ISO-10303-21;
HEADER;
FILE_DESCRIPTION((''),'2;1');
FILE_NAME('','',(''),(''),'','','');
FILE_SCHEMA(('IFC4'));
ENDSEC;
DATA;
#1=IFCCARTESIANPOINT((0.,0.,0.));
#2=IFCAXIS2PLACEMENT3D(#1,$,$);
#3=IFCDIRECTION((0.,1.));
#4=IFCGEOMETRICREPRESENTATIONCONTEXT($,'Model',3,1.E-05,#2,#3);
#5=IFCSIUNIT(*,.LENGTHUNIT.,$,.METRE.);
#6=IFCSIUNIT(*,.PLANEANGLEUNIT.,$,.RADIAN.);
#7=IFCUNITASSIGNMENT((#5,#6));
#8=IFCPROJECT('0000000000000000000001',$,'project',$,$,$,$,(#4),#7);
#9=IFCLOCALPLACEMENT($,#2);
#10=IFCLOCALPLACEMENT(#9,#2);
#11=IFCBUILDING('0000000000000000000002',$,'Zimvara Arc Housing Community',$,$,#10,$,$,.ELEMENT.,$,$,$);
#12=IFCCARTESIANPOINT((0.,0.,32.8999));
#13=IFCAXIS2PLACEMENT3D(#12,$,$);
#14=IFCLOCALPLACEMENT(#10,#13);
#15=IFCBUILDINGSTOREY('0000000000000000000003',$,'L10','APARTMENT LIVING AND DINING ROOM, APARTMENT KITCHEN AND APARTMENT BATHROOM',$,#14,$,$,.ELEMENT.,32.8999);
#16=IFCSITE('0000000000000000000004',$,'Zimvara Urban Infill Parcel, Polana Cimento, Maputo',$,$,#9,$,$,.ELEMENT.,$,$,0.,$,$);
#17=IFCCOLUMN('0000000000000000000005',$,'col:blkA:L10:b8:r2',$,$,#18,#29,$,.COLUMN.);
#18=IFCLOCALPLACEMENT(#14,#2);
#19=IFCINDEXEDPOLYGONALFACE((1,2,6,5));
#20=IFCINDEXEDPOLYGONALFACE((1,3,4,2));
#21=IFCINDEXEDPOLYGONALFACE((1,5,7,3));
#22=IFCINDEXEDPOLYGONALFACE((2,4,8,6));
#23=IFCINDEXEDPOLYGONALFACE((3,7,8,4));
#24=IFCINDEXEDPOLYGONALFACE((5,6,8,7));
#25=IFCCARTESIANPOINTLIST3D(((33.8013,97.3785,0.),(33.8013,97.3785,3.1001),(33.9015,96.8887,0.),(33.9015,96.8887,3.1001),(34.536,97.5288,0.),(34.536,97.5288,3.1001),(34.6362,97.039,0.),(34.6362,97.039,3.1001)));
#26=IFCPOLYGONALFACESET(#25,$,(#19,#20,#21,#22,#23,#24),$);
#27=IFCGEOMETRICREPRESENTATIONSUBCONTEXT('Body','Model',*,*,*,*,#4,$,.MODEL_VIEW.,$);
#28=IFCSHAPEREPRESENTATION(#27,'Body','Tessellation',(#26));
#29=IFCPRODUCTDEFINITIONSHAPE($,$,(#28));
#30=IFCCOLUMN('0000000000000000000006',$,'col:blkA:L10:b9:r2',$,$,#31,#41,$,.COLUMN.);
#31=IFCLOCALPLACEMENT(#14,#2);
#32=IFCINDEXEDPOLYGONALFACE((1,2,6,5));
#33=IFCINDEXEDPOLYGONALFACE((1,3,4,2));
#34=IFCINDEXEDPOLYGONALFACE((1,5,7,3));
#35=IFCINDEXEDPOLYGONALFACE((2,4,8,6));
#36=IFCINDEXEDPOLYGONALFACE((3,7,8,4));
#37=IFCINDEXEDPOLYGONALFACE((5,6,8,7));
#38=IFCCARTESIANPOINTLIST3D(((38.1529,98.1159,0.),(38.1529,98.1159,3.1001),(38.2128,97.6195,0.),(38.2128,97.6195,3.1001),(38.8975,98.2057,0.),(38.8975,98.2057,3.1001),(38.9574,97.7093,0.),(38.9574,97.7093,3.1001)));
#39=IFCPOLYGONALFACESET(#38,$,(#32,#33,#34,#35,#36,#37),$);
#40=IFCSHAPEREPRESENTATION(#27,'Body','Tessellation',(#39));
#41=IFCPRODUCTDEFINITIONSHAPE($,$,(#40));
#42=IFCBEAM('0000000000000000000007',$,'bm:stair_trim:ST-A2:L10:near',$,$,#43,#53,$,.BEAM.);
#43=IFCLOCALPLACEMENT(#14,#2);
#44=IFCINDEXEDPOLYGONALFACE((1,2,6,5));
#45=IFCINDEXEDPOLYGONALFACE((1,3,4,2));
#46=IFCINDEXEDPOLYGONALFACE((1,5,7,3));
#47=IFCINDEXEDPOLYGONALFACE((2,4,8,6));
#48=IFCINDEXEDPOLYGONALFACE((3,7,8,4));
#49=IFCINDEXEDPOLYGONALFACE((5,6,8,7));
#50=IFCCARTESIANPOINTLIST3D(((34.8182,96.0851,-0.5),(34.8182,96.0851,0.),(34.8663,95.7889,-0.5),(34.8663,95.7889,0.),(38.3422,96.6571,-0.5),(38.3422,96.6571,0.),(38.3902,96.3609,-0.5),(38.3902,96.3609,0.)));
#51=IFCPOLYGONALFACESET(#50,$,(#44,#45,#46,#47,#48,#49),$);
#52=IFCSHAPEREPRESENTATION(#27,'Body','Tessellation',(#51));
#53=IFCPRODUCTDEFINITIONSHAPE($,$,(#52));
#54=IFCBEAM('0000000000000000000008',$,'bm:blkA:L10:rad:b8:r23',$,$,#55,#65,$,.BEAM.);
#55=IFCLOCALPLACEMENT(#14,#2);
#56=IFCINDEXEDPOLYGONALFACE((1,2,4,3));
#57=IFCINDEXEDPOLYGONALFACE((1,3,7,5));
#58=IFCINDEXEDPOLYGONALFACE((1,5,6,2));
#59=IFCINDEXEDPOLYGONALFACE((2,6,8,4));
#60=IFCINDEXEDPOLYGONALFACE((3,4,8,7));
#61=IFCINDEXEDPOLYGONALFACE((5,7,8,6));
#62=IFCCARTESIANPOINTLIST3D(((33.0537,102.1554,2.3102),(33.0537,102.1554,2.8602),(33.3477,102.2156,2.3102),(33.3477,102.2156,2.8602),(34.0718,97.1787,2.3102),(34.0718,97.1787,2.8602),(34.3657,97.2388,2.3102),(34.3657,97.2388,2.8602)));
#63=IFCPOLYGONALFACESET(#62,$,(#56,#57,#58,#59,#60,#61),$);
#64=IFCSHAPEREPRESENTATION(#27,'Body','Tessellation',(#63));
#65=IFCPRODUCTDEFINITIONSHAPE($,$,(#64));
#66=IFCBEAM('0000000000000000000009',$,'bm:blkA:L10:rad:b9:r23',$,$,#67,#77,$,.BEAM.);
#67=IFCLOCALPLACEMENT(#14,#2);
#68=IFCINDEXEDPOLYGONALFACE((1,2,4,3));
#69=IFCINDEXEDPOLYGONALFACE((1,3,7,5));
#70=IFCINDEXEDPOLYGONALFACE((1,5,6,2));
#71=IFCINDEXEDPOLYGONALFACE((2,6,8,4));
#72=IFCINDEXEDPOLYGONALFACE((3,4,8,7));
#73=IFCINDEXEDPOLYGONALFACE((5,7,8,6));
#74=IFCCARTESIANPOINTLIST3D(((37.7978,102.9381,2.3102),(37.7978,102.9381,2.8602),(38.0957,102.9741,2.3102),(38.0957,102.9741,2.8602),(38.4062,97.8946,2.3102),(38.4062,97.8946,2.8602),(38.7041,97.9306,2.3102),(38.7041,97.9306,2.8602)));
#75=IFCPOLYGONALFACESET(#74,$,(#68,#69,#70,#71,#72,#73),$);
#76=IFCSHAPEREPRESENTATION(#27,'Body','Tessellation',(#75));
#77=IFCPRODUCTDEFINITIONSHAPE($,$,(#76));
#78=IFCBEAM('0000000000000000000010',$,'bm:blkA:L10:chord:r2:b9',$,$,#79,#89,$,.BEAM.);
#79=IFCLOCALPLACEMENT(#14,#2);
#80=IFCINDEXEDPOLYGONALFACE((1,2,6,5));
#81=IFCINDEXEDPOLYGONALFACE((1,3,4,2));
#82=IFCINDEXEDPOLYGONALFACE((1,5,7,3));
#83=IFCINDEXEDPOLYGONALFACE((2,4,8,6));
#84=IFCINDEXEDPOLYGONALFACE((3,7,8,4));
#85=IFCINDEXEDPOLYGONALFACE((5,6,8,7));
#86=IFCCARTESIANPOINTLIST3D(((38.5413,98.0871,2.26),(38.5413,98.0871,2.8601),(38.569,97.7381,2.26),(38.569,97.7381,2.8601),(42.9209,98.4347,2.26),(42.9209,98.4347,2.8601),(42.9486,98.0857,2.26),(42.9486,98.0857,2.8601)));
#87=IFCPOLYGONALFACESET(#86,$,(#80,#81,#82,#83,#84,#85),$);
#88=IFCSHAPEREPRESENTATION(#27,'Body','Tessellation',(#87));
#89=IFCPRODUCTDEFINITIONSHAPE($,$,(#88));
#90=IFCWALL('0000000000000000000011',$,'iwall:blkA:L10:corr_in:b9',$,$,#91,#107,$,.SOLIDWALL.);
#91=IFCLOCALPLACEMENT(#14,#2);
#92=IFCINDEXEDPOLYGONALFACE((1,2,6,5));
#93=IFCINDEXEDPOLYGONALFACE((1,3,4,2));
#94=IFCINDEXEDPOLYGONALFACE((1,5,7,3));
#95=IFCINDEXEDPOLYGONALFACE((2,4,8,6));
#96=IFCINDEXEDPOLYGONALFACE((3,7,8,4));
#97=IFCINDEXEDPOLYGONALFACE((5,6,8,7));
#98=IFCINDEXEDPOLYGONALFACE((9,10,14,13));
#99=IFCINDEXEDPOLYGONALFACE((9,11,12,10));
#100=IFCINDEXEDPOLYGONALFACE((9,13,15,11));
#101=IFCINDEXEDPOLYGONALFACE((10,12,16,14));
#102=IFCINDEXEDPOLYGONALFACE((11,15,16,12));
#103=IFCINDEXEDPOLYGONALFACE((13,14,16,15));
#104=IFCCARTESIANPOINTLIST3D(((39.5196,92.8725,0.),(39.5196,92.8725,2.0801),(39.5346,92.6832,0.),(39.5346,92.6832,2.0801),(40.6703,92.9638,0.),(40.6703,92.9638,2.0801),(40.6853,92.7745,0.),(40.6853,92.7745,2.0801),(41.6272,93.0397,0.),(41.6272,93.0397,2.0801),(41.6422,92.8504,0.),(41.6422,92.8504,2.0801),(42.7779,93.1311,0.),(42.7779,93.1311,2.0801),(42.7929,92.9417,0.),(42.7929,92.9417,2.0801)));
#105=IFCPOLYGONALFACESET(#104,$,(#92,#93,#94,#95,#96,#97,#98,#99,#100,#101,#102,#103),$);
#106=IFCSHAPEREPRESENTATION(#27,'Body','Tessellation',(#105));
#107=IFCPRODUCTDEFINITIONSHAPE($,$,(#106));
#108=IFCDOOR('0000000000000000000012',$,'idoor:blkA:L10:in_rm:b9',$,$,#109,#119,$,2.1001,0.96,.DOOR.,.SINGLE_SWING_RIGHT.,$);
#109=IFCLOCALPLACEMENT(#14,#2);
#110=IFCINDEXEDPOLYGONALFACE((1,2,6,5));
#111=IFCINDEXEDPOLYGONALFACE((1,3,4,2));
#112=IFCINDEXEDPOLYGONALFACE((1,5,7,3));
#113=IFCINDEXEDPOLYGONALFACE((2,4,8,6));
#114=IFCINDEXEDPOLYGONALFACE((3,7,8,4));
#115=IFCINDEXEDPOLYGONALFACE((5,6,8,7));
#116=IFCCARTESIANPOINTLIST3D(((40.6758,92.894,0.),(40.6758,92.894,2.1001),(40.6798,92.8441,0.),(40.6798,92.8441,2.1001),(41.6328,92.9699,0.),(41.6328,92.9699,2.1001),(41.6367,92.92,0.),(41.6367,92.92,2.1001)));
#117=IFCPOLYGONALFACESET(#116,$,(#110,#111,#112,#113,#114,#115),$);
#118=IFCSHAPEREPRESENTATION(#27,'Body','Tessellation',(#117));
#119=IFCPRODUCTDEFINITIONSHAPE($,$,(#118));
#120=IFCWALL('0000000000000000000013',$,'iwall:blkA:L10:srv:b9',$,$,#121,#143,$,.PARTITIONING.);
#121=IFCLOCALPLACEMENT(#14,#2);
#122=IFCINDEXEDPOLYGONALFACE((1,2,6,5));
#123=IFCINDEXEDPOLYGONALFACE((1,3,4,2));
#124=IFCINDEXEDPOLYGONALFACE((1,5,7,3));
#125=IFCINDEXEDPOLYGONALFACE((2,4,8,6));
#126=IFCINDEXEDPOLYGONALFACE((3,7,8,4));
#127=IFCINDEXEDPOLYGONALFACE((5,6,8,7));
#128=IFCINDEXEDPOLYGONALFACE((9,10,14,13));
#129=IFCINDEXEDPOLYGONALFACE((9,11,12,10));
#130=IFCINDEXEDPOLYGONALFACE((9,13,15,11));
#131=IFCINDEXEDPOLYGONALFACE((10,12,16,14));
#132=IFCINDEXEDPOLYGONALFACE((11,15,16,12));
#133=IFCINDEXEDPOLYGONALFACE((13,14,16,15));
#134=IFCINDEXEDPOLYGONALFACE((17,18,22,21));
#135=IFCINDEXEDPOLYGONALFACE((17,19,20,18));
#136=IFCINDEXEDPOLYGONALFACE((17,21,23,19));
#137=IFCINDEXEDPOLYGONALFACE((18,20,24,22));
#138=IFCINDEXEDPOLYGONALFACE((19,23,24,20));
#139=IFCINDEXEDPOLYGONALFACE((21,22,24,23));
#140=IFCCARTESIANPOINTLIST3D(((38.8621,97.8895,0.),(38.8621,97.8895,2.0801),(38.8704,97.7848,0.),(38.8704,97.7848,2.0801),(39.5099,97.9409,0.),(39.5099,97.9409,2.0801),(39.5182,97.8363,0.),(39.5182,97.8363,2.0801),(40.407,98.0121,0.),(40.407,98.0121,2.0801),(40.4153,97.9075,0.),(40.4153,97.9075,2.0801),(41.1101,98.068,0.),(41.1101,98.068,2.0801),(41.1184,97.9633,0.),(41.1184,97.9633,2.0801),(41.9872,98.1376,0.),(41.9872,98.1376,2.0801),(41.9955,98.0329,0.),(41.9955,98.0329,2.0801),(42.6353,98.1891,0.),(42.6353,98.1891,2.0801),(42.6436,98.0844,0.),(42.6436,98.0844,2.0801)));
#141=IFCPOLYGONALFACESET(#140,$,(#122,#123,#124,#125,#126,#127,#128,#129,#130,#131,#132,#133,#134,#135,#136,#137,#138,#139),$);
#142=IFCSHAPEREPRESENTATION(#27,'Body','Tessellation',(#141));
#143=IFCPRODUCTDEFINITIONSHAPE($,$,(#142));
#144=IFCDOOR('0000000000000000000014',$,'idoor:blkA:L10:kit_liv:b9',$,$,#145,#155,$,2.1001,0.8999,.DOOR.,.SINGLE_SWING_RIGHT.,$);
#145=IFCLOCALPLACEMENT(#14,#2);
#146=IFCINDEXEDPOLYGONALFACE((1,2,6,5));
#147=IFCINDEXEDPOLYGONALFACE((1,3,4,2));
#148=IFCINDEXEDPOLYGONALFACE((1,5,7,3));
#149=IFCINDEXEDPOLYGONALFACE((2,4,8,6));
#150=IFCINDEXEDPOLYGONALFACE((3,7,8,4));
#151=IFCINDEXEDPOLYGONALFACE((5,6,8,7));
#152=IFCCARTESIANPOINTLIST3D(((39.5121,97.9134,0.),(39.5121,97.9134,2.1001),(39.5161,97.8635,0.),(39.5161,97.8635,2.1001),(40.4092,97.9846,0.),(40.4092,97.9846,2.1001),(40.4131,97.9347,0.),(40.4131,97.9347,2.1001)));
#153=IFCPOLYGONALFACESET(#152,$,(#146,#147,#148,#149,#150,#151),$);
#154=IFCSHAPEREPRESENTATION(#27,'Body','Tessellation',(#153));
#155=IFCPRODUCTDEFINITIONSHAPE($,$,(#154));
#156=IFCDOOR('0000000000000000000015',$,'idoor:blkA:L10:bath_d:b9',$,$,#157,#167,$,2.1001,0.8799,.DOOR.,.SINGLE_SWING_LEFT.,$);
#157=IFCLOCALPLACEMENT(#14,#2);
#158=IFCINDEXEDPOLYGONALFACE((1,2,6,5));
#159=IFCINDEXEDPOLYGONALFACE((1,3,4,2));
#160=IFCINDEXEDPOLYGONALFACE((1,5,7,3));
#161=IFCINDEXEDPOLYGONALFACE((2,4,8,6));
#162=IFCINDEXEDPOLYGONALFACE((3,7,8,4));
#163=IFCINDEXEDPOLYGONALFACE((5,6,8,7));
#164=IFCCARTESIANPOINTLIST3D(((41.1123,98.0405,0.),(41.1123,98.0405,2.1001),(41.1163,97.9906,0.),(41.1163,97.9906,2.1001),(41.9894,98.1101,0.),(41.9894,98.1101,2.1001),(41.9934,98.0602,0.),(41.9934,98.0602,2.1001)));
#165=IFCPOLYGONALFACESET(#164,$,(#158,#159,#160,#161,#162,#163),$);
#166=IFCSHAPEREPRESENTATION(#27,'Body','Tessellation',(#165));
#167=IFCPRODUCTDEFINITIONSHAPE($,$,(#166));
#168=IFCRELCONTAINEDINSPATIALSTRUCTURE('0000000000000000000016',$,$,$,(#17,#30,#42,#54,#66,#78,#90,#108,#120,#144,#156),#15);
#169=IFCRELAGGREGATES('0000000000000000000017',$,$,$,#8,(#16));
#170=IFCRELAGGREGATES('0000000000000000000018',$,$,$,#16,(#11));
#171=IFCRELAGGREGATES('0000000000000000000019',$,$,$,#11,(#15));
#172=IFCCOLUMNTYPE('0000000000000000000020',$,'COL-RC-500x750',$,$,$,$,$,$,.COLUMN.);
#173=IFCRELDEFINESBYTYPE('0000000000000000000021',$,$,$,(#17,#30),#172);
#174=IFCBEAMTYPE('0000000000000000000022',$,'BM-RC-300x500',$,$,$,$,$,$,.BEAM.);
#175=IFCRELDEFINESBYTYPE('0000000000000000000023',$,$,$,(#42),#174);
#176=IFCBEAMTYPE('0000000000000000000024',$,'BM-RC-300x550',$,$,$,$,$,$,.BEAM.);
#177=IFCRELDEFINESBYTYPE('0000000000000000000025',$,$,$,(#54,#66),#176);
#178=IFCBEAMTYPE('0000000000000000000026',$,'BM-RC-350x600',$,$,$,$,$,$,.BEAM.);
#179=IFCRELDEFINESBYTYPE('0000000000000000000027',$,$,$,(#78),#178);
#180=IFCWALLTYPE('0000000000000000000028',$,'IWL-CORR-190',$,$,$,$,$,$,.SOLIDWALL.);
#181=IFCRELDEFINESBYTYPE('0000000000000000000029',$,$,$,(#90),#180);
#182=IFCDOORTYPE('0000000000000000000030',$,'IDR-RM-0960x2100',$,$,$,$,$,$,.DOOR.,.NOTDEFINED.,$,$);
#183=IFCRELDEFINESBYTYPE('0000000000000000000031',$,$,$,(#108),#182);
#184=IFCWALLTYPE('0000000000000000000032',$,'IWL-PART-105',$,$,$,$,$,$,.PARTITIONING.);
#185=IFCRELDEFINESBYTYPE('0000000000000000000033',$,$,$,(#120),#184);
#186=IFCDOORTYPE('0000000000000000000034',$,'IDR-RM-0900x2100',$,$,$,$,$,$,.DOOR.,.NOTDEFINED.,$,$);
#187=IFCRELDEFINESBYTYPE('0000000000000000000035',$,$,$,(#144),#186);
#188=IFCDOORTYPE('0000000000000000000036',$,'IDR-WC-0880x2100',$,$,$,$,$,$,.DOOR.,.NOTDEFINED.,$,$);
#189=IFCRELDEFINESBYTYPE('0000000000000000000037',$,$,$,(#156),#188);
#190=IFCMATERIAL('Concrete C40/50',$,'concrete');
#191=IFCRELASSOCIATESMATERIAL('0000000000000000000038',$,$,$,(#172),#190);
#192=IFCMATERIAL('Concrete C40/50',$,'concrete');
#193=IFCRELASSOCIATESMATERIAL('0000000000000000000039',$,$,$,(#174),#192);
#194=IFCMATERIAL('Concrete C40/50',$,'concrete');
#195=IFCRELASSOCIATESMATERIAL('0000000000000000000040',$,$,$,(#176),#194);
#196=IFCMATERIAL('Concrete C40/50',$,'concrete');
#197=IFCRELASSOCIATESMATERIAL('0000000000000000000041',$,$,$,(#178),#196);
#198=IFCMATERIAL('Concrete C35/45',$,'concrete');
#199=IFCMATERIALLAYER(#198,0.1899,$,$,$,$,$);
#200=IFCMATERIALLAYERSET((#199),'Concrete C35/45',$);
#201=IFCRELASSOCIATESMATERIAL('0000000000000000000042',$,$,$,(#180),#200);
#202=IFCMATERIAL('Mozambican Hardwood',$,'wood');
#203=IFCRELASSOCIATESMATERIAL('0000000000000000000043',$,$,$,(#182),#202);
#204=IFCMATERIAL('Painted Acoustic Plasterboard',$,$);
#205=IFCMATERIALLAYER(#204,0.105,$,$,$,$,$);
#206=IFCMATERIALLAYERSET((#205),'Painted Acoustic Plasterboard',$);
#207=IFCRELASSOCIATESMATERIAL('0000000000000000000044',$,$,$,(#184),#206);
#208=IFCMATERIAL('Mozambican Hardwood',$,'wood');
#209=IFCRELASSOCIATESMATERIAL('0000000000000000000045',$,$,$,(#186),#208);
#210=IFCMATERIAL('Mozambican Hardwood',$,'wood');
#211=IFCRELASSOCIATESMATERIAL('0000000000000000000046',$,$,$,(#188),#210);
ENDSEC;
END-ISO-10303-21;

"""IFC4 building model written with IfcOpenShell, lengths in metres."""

from ifc_helpers import new_model, si_unit, direction, frame, frame_2d, origin, origin_2d, place, context, subcontext, project, spatial, rectangle, extrude, material, layer, layer_set, material_profile, profile_set, type_object, element, fill, save


model = new_model("IFC4")

# Units and contexts
model_context = context("Model", 3, precision=1e-05, world=origin(), true_north=direction((0.0, 1.0)))
body_context = subcontext(model_context, "Body", "Model", "MODEL_VIEW")
ifc_project = project(units=[si_unit("LENGTHUNIT", "METRE"), si_unit("PLANEANGLEUNIT", "RADIAN")], contexts=[model_context])

# Site, building, storey
site_placement = place(None, origin())
site = spatial("IfcSite", under=ifc_project, at=site_placement, Name="Zimvara Urban Infill Parcel, Polana Cimento, Maputo", CompositionType="ELEMENT", RefElevation=0.0)
building_placement = place(site_placement, origin())
building = spatial("IfcBuilding", under=site, at=building_placement, Name="Zimvara Arc Housing Community", CompositionType="ELEMENT")
storey_placement = place(building_placement, frame((0.0, 0.0, 32.8999)))
storey = spatial("IfcBuildingStorey", under=building, at=storey_placement, Name="L10", Description="APARTMENT LIVING AND DINING ROOM, APARTMENT KITCHEN AND APARTMENT BATHROOM", CompositionType="ELEMENT", Elevation=32.8999)

# Columns
ifc_material_1 = material(Name="Concrete C40/50", Category="concrete")
ifc_material_profile_1 = material_profile(ifc_material_1, rectangle(XDim=0.5, YDim=0.75, at=origin_2d()), Name="RC 500x750")
ifc_profile_set_1 = profile_set([ifc_material_profile_1], Name="Concrete C40/50")
column_type = type_object("IfcColumnType", Name="COL-RC-500x750", PredefinedType="COLUMN", material=ifc_profile_set_1)
for number, where, z_axis, x_axis, name in (
    (1, (34.2188, 97.2087, 0.0), (0.0, 0.0, 1.0), (-0.200394, 0.979715, 0.0), "col:blkA:L10:b8:r2"),
    (2, (38.5552, 97.9126, 0.0), (0.0, 0.0, 1.0), (-0.11979, 0.992799, 0.0), "col:blkA:L10:b9:r2"),
):
    element("IfcColumn", number, at=place(storey_placement, frame(where, z_axis=z_axis, x_axis=x_axis)), inside=storey, type_object=column_type, Name=name, PredefinedType="COLUMN", context=body_context, shape_type="SweptSolid", body=[
        extrude(rectangle(XDim=0.5, YDim=0.75, at=origin_2d()), origin(), (0.0, 0.0, 1.0), 3.1001),
    ])

# Beams
ifc_material_2 = material(Name="Concrete C40/50", Category="concrete")
ifc_material_profile_2 = material_profile(ifc_material_2, rectangle(XDim=0.3, YDim=0.5, at=origin_2d()), Name="RC 300x500")
ifc_profile_set_2 = profile_set([ifc_material_profile_2], Name="Concrete C40/50")
beam_type_1 = type_object("IfcBeamType", Name="BM-RC-300x500", PredefinedType="BEAM", material=ifc_profile_set_2)
beam_1_placement = place(storey_placement, frame((38.3662, 96.509, -0.25), z_axis=(-0.98708, -0.160228, 0.0), x_axis=(0.160228, -0.98708, 0.0)))
element("IfcBeam", 3, at=beam_1_placement, inside=storey, type_object=beam_type_1, Name="bm:stair_trim:ST-A2:L10:near", PredefinedType="BEAM", context=body_context, shape_type="SweptSolid", body=[
    extrude(rectangle(XDim=0.3, YDim=0.5, at=origin_2d()), origin(), (0.0, 0.0, 1.0), 3.5701),
])
ifc_material_3 = material(Name="Concrete C40/50", Category="concrete")
ifc_material_profile_3 = material_profile(ifc_material_3, rectangle(XDim=0.3, YDim=0.55, at=origin_2d()), Name="RC 300x550")
ifc_profile_set_3 = profile_set([ifc_material_profile_3], Name="Concrete C40/50")
beam_type_2 = type_object("IfcBeamType", Name="BM-RC-300x550", PredefinedType="BEAM", material=ifc_profile_set_3)
beam_2_placement = place(storey_placement, frame((34.2188, 97.2087, 2.5852), z_axis=(-0.200412, 0.979712, 0.0), x_axis=(-0.979712, -0.200412, 0.0)))
element("IfcBeam", 4, at=beam_2_placement, inside=storey, type_object=beam_type_2, Name="bm:blkA:L10:rad:b8:r23", PredefinedType="BEAM", context=body_context, shape_type="SweptSolid", body=[
    extrude(rectangle(XDim=0.3, YDim=0.55, at=origin_2d()), origin(), (0.0, 0.0, 1.0), 5.0798),
])
beam_3_placement = place(storey_placement, frame((38.5552, 97.9126, 2.5852), z_axis=(-0.119763, 0.992803, 0.0), x_axis=(-0.992803, -0.119763, 0.0)))
element("IfcBeam", 5, at=beam_3_placement, inside=storey, type_object=beam_type_2, Name="bm:blkA:L10:rad:b9:r23", PredefinedType="BEAM", context=body_context, shape_type="SweptSolid", body=[
    extrude(rectangle(XDim=0.3, YDim=0.55, at=origin_2d()), origin(), (0.0, 0.0, 1.0), 5.0801),
])
ifc_material_4 = material(Name="Concrete C40/50", Category="concrete")
ifc_material_profile_4 = material_profile(ifc_material_4, rectangle(XDim=0.3501, YDim=0.6001, at=origin_2d()), Name="RC 350x600")
ifc_profile_set_4 = profile_set([ifc_material_profile_4], Name="Concrete C40/50")
beam_type_3 = type_object("IfcBeamType", Name="BM-RC-350x600", PredefinedType="BEAM", material=ifc_profile_set_4)
beam_4_placement = place(storey_placement, frame((38.5552, 97.9126, 2.5601), z_axis=(0.996864, 0.079131, 0.0), x_axis=(-0.079131, 0.996864, 0.0)))
element("IfcBeam", 6, at=beam_4_placement, inside=storey, type_object=beam_type_3, Name="bm:blkA:L10:chord:r2:b9", PredefinedType="BEAM", context=body_context, shape_type="SweptSolid", body=[
    extrude(rectangle(XDim=0.3501, YDim=0.6001, at=origin_2d()), origin(), (0.0, 0.0, 1.0), 4.3933),
])

# Wall, opening, door
ifc_material_5 = material(Name="Concrete C35/45", Category="concrete")
ifc_layer_1 = layer(ifc_material_5, 0.1899)
ifc_layer_set_1 = layer_set([ifc_layer_1], Name="Concrete C35/45")
wall_type_1 = type_object("IfcWallType", Name="IWL-CORR-190", PredefinedType="SOLIDWALL", material=ifc_layer_set_1)
wall_1_placement = place(storey_placement, frame((39.5271, 92.7778, 0.0), z_axis=(0.0, 0.0, 1.0), x_axis=(0.996867, 0.079101, 0.0)))
wall_1 = element("IfcWall", 7, at=wall_1_placement, inside=storey, type_object=wall_type_1, Name="iwall:blkA:L10:corr_in:b9", PredefinedType="SOLIDWALL", context=body_context, shape_type="SweptSolid", body=[
    extrude(rectangle(XDim=3.2686, YDim=0.1899, at=frame_2d((1.6343, 0.0))), origin(), (0.0, 0.0, 1.0), 2.0801),
])
opening_1_placement = place(wall_1_placement, frame((1.1543, 0.0, 0.0)))
opening_1 = element("IfcOpeningElement", 8, at=opening_1_placement, cuts=wall_1, PredefinedType="OPENING", context=body_context, shape_type="SweptSolid", body=[
    extrude(rectangle(XDim=0.96, YDim=2.1001, at=frame_2d((0.48, 1.05))), frame((0.0, 0.105, 0.0), z_axis=(0.0, -1.0, 0.0), x_axis=(1.0, 0.0, 0.0)), (0.0, 0.0, 1.0), 0.21),
])
ifc_material_6 = material(Name="Mozambican Hardwood", Category="wood")
door_type_1 = type_object("IfcDoorType", Name="IDR-RM-0960x2100", OperationType="NOTDEFINED", PredefinedType="DOOR", material=ifc_material_6)
door_1_placement = place(opening_1_placement, origin())
door_1 = element("IfcDoor", 9, at=door_1_placement, inside=storey, type_object=door_type_1, Name="idoor:blkA:L10:in_rm:b9", OperationType="SINGLE_SWING_RIGHT", OverallHeight=2.1001, OverallWidth=0.96, PredefinedType="DOOR", context=body_context, shape_type="SweptSolid", body=[
    extrude(rectangle(XDim=0.96, YDim=2.1001, at=frame_2d((0.48, 1.05))), frame((0.0, 0.0249, 0.0), z_axis=(0.0, -1.0, 0.0), x_axis=(1.0, 0.0, 0.0)), (0.0, 0.0, 1.0), 0.05),
])
fill(opening_1, door_1)

# Wall, openings, doors
ifc_material_7 = material(Name="Painted Acoustic Plasterboard")
ifc_layer_2 = layer(ifc_material_7, 0.105)
ifc_layer_set_2 = layer_set([ifc_layer_2], Name="Painted Acoustic Plasterboard")
wall_type_2 = type_object("IfcWallType", Name="IWL-PART-105", PredefinedType="PARTITIONING", material=ifc_layer_set_2)
wall_2_placement = place(storey_placement, frame((38.8662, 97.8372, 0.0), z_axis=(0.0, 0.0, 1.0), x_axis=(0.996863, 0.079143, 0.0)))
wall_2 = element("IfcWall", 10, at=wall_2_placement, inside=storey, type_object=wall_type_2, Name="iwall:blkA:L10:srv:b9", PredefinedType="PARTITIONING", context=body_context, shape_type="SweptSolid", body=[
    extrude(rectangle(XDim=3.7852, YDim=0.105, at=frame_2d((1.8926, 0.0))), origin(), (0.0, 0.0, 1.0), 2.0801),
])
opening_2_placement = place(wall_2_placement, frame((0.6499, 0.0, 0.0)))
opening_2 = element("IfcOpeningElement", 11, at=opening_2_placement, cuts=wall_2, PredefinedType="OPENING", context=body_context, shape_type="SweptSolid", body=[
    extrude(rectangle(XDim=0.8999, YDim=2.1001, at=frame_2d((0.45, 1.05))), frame((0.0, 0.0625, 0.0), z_axis=(0.0, -1.0, 0.0), x_axis=(1.0, 0.0, 0.0)), (0.0, 0.0, 1.0), 0.125),
])
opening_3_placement = place(wall_2_placement, frame((2.2551, 0.0, 0.0)))
opening_3 = element("IfcOpeningElement", 12, at=opening_3_placement, cuts=wall_2, PredefinedType="OPENING", context=body_context, shape_type="SweptSolid", body=[
    extrude(rectangle(XDim=0.8799, YDim=2.1001, at=frame_2d((0.4399, 1.05))), frame((0.0, 0.0625, 0.0), z_axis=(0.0, -1.0, 0.0), x_axis=(1.0, 0.0, 0.0)), (0.0, 0.0, 1.0), 0.125),
])
ifc_material_8 = material(Name="Mozambican Hardwood", Category="wood")
door_type_2 = type_object("IfcDoorType", Name="IDR-RM-0900x2100", OperationType="NOTDEFINED", PredefinedType="DOOR", material=ifc_material_8)
door_2_placement = place(opening_2_placement, origin())
door_2 = element("IfcDoor", 13, at=door_2_placement, inside=storey, type_object=door_type_2, Name="idoor:blkA:L10:kit_liv:b9", OperationType="SINGLE_SWING_RIGHT", OverallHeight=2.1001, OverallWidth=0.8999, PredefinedType="DOOR", context=body_context, shape_type="SweptSolid", body=[
    extrude(rectangle(XDim=0.8999, YDim=2.1001, at=frame_2d((0.45, 1.05))), frame((0.0, 0.0249, 0.0), z_axis=(0.0, -1.0, 0.0), x_axis=(1.0, 0.0, 0.0)), (0.0, 0.0, 1.0), 0.05),
])
fill(opening_2, door_2)
ifc_material_9 = material(Name="Mozambican Hardwood", Category="wood")
door_type_3 = type_object("IfcDoorType", Name="IDR-WC-0880x2100", OperationType="NOTDEFINED", PredefinedType="DOOR", material=ifc_material_9)
door_3_placement = place(opening_3_placement, origin())
door_3 = element("IfcDoor", 14, at=door_3_placement, inside=storey, type_object=door_type_3, Name="idoor:blkA:L10:bath_d:b9", OperationType="SINGLE_SWING_LEFT", OverallHeight=2.1001, OverallWidth=0.8799, PredefinedType="DOOR", context=body_context, shape_type="SweptSolid", body=[
    extrude(rectangle(XDim=0.8799, YDim=2.1001, at=frame_2d((0.4399, 1.05))), frame((0.0, 0.0249, 0.0), z_axis=(0.0, -1.0, 0.0), x_axis=(1.0, 0.0, 0.0)), (0.0, 0.0, 1.0), 0.05),
])
fill(opening_3, door_3)

save(model, "model.ifc")
